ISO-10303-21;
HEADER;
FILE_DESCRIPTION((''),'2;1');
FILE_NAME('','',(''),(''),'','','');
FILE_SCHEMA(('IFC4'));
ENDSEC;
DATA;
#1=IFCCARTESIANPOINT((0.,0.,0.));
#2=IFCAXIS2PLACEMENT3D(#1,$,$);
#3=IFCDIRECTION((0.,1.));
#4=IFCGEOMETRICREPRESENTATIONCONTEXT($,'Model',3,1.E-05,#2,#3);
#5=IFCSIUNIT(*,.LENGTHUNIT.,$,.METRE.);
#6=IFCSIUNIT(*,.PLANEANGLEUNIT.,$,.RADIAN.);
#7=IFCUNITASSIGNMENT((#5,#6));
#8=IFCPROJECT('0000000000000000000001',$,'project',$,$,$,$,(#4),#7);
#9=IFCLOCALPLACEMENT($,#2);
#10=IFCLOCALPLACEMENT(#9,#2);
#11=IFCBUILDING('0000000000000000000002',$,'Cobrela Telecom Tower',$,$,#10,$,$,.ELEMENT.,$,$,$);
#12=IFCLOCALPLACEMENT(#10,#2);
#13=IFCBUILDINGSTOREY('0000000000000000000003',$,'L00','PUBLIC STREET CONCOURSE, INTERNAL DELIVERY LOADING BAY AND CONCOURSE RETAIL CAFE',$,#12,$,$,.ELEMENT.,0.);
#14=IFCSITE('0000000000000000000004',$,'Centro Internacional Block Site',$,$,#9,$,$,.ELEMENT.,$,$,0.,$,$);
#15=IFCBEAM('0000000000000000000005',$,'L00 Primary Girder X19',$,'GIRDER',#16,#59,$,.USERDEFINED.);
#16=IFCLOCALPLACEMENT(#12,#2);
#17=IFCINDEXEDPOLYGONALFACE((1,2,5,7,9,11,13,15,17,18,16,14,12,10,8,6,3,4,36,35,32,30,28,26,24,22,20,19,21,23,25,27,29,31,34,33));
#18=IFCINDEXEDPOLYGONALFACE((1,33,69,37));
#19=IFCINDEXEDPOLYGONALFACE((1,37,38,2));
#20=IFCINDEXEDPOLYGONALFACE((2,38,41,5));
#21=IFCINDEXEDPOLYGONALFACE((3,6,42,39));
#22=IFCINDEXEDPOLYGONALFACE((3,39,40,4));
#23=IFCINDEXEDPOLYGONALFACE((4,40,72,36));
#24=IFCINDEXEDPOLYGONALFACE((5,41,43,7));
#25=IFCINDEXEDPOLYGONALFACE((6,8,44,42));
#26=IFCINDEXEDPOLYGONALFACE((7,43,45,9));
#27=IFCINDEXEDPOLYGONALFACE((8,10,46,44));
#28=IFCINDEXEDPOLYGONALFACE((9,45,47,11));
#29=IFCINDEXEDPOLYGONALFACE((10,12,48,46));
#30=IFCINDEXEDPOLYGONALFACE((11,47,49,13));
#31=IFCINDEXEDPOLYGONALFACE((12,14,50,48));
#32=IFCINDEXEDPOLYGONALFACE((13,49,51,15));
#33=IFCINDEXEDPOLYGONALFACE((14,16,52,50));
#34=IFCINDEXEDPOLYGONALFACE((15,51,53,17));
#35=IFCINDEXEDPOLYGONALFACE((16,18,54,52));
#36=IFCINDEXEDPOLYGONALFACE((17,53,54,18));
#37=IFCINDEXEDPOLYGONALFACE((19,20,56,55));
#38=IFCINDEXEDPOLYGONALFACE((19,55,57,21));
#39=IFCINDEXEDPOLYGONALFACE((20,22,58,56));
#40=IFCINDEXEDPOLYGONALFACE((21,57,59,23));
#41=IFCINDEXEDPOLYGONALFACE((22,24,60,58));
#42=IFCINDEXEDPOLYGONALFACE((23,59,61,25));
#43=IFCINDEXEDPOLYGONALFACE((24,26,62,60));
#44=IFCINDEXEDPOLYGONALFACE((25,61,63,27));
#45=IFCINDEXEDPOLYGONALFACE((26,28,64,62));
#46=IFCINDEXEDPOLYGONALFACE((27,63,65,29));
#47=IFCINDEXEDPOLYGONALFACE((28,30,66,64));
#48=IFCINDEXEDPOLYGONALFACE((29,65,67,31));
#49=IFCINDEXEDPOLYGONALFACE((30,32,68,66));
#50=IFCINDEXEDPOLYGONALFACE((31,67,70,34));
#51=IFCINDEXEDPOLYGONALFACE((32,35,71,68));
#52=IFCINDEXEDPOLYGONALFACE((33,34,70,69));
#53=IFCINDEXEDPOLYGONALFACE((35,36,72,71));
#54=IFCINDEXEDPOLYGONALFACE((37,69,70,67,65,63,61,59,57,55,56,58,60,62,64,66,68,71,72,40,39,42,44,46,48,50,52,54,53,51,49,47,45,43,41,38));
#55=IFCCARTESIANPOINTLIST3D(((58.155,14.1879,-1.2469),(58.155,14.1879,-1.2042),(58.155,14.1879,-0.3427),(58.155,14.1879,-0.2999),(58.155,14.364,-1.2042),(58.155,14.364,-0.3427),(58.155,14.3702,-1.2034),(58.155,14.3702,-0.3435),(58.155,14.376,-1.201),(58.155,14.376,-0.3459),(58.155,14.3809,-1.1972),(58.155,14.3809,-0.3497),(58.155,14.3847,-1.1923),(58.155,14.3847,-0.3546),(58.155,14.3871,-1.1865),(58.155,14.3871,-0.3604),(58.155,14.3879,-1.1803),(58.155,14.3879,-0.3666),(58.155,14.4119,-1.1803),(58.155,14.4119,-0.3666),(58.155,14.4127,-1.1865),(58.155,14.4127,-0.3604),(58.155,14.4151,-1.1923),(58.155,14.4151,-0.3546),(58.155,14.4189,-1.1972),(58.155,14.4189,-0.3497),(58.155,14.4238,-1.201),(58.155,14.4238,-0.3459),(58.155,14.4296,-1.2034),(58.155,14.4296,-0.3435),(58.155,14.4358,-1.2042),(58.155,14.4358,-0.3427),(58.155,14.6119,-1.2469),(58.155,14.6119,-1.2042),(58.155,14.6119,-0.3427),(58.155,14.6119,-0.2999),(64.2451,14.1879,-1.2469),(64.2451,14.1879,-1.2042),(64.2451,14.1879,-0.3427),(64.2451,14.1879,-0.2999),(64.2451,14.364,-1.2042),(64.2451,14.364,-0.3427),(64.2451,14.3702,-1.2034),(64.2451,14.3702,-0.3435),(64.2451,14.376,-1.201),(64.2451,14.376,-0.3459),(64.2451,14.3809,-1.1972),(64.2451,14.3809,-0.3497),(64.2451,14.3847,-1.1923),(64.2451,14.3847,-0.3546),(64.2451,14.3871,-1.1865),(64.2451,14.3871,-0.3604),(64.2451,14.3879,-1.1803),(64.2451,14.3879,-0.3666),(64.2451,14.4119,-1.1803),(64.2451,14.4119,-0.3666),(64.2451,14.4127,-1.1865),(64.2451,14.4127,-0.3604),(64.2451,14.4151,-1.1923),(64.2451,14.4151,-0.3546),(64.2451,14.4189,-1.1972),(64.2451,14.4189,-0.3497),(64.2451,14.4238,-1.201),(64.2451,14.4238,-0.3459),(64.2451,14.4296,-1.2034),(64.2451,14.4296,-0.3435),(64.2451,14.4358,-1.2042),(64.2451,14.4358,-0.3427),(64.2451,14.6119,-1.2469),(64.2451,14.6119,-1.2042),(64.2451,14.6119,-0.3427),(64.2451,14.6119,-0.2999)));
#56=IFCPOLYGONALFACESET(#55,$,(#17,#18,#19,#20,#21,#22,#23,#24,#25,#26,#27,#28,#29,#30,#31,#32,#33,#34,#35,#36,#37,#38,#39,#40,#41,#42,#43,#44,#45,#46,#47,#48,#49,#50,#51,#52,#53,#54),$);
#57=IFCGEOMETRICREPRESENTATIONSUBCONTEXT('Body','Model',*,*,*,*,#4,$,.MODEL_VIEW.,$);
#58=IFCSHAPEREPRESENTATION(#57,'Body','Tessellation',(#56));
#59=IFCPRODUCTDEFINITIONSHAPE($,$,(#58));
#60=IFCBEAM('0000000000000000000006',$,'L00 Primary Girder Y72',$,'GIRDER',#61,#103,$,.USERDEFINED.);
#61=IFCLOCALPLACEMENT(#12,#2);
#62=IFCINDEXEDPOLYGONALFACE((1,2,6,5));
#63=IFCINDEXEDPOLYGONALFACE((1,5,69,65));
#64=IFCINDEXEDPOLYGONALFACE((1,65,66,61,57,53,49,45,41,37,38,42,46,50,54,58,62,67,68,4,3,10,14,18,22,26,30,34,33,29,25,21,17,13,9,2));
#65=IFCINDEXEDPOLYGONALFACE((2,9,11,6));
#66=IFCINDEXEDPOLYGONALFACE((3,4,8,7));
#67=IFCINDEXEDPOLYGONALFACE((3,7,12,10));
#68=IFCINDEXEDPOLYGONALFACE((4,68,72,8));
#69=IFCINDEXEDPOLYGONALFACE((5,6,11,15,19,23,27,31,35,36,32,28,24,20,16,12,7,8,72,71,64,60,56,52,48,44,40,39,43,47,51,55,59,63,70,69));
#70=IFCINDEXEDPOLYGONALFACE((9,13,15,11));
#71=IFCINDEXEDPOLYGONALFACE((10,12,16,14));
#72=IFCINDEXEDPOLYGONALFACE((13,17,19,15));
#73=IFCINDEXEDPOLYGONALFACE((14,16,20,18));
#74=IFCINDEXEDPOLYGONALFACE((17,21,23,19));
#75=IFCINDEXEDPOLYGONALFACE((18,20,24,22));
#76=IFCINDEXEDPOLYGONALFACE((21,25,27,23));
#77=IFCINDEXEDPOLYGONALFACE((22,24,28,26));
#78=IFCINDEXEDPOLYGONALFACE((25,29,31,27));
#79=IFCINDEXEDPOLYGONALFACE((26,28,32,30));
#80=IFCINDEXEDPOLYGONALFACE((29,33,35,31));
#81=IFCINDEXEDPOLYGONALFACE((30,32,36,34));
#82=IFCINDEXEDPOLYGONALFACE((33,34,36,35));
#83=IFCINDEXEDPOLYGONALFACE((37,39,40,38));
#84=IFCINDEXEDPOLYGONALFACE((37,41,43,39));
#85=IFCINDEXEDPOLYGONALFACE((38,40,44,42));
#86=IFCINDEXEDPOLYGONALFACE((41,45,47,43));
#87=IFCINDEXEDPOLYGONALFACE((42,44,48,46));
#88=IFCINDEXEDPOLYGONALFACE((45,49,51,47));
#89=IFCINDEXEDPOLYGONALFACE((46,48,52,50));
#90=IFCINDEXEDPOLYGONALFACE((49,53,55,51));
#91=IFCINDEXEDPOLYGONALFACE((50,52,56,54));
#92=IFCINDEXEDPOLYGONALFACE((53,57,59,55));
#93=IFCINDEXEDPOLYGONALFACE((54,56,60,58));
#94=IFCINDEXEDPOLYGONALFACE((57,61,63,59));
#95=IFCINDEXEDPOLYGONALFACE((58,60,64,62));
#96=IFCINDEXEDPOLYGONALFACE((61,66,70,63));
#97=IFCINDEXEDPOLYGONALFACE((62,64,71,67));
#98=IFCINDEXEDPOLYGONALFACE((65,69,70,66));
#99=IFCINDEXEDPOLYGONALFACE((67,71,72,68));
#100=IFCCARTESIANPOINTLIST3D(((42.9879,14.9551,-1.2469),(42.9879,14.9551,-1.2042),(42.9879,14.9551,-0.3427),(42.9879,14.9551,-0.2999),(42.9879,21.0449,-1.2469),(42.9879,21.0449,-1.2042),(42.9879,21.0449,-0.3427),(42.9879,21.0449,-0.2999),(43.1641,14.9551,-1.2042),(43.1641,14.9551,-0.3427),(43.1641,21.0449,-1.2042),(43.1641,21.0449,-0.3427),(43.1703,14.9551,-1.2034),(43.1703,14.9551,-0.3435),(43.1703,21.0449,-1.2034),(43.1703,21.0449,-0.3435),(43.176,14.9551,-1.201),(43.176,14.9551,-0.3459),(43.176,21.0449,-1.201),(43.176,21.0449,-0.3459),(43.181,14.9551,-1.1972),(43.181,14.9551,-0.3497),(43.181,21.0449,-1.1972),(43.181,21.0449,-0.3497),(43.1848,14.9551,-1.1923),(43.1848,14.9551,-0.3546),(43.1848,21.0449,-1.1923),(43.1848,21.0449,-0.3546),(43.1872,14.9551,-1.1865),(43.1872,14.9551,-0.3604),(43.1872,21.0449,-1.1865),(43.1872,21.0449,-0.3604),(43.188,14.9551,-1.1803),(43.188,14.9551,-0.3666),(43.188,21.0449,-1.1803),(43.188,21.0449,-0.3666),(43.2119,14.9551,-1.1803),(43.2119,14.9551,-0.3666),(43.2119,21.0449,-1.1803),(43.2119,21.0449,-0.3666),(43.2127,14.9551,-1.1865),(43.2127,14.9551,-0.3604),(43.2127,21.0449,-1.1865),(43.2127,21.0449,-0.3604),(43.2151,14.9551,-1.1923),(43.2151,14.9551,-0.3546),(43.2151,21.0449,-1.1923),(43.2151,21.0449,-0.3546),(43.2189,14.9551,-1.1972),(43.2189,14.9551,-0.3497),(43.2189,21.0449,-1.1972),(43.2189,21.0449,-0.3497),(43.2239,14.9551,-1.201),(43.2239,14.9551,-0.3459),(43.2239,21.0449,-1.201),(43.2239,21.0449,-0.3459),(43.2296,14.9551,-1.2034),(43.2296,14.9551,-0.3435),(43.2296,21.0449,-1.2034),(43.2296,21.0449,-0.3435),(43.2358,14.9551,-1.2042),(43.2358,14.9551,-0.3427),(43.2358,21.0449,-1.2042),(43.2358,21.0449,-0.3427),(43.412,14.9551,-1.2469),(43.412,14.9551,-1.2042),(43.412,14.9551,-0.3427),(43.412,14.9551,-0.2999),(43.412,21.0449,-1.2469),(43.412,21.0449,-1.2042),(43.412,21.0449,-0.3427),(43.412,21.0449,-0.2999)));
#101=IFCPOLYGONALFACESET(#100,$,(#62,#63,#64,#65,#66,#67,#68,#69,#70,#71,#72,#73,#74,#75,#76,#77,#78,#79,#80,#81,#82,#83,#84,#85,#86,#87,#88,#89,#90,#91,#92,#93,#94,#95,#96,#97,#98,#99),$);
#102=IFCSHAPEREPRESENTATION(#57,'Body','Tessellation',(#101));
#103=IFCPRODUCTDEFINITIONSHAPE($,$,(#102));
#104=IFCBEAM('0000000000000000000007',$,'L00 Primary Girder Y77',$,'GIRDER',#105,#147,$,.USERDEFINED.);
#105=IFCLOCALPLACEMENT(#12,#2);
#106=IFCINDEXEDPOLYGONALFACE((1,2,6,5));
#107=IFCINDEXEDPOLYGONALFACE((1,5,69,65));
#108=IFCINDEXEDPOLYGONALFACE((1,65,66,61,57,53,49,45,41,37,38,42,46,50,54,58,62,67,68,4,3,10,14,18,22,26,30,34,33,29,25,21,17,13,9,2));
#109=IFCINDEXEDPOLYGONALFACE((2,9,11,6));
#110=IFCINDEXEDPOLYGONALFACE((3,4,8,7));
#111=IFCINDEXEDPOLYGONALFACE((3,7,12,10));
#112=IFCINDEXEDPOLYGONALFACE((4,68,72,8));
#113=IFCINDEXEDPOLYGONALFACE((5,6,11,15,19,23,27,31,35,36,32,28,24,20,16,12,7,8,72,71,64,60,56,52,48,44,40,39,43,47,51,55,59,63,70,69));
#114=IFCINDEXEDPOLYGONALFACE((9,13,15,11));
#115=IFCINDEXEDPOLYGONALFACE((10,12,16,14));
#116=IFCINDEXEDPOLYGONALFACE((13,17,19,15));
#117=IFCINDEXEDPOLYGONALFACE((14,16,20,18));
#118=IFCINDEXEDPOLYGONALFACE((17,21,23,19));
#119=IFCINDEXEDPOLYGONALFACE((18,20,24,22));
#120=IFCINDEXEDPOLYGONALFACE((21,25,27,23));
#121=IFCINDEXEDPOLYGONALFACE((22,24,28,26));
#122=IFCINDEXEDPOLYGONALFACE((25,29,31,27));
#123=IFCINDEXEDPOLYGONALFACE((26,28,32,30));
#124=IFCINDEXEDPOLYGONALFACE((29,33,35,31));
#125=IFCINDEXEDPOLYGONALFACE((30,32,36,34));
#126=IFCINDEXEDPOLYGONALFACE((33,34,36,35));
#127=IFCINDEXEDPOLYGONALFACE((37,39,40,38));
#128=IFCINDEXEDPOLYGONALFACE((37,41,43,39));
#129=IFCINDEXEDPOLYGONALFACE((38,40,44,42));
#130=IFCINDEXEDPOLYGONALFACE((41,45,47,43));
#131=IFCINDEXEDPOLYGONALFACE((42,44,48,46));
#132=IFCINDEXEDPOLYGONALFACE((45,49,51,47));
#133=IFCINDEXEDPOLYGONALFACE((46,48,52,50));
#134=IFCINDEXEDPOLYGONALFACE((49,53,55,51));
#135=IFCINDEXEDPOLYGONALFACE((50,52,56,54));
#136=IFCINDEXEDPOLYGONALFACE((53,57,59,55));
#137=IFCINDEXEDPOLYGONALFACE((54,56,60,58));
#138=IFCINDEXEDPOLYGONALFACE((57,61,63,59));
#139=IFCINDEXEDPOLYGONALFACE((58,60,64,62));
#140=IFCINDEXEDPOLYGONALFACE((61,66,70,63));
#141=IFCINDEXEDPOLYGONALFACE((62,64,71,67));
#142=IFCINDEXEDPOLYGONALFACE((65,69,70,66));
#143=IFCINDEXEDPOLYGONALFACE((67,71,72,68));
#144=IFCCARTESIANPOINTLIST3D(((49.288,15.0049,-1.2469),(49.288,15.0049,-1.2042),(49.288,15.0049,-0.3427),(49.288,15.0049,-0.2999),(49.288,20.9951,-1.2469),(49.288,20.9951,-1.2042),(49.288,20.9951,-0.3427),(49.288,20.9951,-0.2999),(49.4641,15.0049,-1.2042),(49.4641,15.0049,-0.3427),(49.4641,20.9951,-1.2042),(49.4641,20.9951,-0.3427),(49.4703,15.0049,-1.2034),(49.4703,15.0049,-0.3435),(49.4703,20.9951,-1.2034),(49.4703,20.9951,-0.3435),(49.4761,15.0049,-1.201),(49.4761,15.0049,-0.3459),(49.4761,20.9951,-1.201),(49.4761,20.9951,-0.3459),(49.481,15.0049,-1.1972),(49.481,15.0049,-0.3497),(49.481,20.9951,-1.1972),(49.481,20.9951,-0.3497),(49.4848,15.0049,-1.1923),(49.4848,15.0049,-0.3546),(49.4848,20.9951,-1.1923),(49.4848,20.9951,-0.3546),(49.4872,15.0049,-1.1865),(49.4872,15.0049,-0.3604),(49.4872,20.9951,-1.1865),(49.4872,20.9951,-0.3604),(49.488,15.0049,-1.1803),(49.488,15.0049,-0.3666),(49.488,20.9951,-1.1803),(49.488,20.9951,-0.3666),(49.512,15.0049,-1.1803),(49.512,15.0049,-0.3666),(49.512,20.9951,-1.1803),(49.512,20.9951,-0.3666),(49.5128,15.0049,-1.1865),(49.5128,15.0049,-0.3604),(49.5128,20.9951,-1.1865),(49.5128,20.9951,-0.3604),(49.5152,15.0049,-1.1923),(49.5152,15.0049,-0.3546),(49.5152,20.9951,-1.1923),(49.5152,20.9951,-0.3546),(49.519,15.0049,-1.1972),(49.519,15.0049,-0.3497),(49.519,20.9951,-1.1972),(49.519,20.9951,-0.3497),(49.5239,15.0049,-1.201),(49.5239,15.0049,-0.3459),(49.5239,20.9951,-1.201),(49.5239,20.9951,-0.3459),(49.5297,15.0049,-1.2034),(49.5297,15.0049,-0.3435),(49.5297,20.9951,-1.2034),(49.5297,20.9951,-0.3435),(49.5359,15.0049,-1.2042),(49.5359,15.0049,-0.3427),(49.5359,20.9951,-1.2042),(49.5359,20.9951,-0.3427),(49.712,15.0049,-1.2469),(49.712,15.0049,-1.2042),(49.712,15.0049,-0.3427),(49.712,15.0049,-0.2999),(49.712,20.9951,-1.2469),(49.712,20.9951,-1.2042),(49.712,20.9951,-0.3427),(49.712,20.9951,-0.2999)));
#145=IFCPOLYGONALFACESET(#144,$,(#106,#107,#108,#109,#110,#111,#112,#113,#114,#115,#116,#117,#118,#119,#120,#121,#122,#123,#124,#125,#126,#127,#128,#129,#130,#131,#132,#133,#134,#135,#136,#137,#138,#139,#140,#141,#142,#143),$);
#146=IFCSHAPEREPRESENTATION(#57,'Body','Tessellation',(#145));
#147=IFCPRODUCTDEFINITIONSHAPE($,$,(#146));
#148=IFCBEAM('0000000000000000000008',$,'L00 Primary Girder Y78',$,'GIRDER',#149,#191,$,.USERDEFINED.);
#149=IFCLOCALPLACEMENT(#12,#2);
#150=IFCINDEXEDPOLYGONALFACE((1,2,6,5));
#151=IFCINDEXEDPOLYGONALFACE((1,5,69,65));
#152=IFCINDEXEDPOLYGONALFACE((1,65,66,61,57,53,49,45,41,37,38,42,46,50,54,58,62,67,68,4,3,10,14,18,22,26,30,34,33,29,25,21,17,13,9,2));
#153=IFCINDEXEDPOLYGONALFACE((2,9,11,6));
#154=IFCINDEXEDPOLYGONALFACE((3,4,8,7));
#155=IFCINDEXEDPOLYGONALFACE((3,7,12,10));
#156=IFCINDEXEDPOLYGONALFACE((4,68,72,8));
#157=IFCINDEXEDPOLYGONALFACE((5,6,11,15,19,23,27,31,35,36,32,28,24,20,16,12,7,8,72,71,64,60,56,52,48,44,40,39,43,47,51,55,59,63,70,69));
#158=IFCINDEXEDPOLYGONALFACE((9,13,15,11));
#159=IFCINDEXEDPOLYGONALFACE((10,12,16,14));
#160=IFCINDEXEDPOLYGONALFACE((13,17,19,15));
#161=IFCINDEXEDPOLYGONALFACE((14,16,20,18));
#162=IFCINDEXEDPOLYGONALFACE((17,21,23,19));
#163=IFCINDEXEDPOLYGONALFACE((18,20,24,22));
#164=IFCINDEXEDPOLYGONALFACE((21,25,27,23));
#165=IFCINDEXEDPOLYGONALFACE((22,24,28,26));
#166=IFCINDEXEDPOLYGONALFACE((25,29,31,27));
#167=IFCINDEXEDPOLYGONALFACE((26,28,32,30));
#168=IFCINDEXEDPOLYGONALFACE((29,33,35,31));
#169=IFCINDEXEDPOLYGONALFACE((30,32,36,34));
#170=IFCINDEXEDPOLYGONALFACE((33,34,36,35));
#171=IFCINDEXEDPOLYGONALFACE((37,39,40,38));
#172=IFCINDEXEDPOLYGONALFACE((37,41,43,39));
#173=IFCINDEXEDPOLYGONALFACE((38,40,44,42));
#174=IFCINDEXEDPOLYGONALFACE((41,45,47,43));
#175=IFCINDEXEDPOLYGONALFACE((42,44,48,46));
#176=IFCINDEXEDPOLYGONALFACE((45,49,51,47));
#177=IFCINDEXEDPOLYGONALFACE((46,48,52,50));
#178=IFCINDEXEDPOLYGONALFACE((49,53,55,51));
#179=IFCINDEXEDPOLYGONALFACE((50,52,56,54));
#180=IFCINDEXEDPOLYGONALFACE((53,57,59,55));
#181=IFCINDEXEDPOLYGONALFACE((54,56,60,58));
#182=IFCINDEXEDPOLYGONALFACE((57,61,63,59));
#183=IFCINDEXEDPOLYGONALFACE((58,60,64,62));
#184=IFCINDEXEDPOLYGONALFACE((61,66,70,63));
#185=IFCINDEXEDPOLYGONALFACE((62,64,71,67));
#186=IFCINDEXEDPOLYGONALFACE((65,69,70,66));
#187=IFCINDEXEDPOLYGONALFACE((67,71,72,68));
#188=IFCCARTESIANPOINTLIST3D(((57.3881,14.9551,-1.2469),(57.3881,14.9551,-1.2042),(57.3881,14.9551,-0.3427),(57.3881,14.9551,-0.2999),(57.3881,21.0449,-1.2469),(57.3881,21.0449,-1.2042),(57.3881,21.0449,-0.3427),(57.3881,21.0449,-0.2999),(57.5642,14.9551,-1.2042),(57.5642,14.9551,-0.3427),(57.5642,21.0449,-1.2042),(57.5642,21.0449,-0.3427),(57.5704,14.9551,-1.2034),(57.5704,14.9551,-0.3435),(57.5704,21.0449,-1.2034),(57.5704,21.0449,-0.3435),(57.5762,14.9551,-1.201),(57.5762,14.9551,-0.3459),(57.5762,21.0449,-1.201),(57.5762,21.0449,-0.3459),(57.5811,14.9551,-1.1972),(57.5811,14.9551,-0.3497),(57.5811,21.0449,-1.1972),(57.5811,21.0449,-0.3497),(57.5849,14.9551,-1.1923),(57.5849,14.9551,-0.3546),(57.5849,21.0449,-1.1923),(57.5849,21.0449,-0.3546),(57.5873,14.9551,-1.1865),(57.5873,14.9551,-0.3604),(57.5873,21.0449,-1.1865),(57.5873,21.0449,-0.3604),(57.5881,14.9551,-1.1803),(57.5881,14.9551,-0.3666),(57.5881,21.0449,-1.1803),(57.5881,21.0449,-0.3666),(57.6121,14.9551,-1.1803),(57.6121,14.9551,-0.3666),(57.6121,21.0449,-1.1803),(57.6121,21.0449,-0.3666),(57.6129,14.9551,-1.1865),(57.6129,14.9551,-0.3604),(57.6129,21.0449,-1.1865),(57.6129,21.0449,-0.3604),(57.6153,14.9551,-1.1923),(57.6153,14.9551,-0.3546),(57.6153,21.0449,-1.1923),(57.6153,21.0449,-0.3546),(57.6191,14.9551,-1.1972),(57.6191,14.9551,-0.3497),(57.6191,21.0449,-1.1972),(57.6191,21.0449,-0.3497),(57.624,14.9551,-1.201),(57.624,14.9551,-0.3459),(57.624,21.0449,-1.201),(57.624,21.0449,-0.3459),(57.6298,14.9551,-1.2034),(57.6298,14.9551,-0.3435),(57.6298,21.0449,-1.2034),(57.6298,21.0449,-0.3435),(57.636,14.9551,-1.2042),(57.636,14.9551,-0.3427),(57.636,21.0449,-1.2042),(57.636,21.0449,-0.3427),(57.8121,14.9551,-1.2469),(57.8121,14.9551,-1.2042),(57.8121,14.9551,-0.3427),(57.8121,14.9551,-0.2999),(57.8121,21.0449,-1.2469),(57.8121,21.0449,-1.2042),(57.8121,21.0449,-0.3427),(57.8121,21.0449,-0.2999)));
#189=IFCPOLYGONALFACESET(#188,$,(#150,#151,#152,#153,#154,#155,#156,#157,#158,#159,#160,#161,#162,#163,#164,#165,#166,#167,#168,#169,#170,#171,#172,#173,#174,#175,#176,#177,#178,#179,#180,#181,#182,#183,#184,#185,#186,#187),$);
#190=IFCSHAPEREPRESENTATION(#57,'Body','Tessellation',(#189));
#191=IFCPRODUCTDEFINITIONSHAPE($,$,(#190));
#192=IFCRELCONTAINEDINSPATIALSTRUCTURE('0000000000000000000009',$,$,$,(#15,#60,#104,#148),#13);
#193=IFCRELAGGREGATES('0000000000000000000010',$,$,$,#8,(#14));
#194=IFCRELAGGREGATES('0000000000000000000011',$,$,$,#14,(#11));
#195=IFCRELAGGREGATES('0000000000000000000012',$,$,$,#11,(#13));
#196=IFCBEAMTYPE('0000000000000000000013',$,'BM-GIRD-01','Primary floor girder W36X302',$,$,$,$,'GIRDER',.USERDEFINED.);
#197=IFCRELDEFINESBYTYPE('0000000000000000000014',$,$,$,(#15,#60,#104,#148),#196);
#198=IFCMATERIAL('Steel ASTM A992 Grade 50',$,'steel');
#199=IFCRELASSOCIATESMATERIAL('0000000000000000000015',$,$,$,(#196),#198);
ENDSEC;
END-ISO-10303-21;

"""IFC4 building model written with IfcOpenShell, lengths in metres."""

from ifc_helpers import new_model, si_unit, direction, frame, origin, origin_2d, place, context, subcontext, project, spatial, i_section, extrude, material, material_profile, profile_set, type_object, element, save


model = new_model("IFC4")

# Units and contexts
model_context = context("Model", 3, precision=1e-05, world=origin(), true_north=direction((0.0, 1.0)))
body_context = subcontext(model_context, "Body", "Model", "MODEL_VIEW")
ifc_project = project(units=[si_unit("LENGTHUNIT", "METRE"), si_unit("PLANEANGLEUNIT", "RADIAN")], contexts=[model_context])

# Site, building, storey
site_placement = place(None, origin())
site = spatial("IfcSite", under=ifc_project, at=site_placement, Name="Centro Internacional Block Site", CompositionType="ELEMENT", RefElevation=0.0)
building_placement = place(site_placement, origin())
building = spatial("IfcBuilding", under=site, at=building_placement, Name="Cobrela Telecom Tower", CompositionType="ELEMENT")
storey_placement = place(building_placement, origin())
storey = spatial("IfcBuildingStorey", under=building, at=storey_placement, Name="L00", Description="PUBLIC STREET CONCOURSE, INTERNAL DELIVERY LOADING BAY AND CONCOURSE RETAIL CAFE", CompositionType="ELEMENT", Elevation=0.0)

# Beams
ifc_material_1 = material(Name="Steel ASTM A992 Grade 50", Category="steel")
ifc_material_profile_1 = material_profile(ifc_material_1, i_section(OverallWidth=0.4241, OverallDepth=0.947, WebThickness=0.0239, FlangeThickness=0.0427, FilletRadius=0.0239, at=origin_2d()), Name="W36X302")
ifc_profile_set_1 = profile_set([ifc_material_profile_1], Name="Steel ASTM A992 Grade 50")
beam_type_1 = type_object("IfcBeamType", Name="BM-GIRD-01", Description="Primary floor girder W36X302", ElementType="GIRDER", PredefinedType="USERDEFINED", material=ifc_profile_set_1)
beam_1_placement = place(storey_placement, frame((58.155, 14.3999, -0.7734), z_axis=(1.0, 0.0, 0.0), x_axis=(0.0, 1.0, 0.0)))
element("IfcBeam", 1, at=beam_1_placement, inside=storey, type_object=beam_type_1, Name="L00 Primary Girder X19", ObjectType="GIRDER", PredefinedType="USERDEFINED", context=body_context, shape_type="SweptSolid", body=[
    extrude(i_section(OverallWidth=0.4241, OverallDepth=0.947, WebThickness=0.0239, FlangeThickness=0.0427, FilletRadius=0.0239, at=origin_2d()), origin(), (0.0, 0.0, 1.0), 6.0901),
])
beam_2_placement = place(storey_placement, frame((43.2, 14.9551, -0.7734), z_axis=(0.0, 1.0, 0.0), x_axis=(-1.0, 0.0, 0.0)))
element("IfcBeam", 2, at=beam_2_placement, inside=storey, type_object=beam_type_1, Name="L00 Primary Girder Y72", ObjectType="GIRDER", PredefinedType="USERDEFINED", context=body_context, shape_type="SweptSolid", body=[
    extrude(i_section(OverallWidth=0.4241, OverallDepth=0.947, WebThickness=0.0239, FlangeThickness=0.0427, FilletRadius=0.0239, at=origin_2d()), origin(), (0.0, 0.0, 1.0), 6.0898),
])
beam_3_placement = place(storey_placement, frame((49.5, 15.0049, -0.7734), z_axis=(0.0, 1.0, 0.0), x_axis=(-1.0, 0.0, 0.0)))
element("IfcBeam", 3, at=beam_3_placement, inside=storey, type_object=beam_type_1, Name="L00 Primary Girder Y77", ObjectType="GIRDER", PredefinedType="USERDEFINED", context=body_context, shape_type="SweptSolid", body=[
    extrude(i_section(OverallWidth=0.4241, OverallDepth=0.947, WebThickness=0.0239, FlangeThickness=0.0427, FilletRadius=0.0239, at=origin_2d()), origin(), (0.0, 0.0, 1.0), 5.9902),
])
beam_4_placement = place(storey_placement, frame((57.6001, 14.9551, -0.7734), z_axis=(0.0, 1.0, 0.0), x_axis=(-1.0, 0.0, 0.0)))
element("IfcBeam", 4, at=beam_4_placement, inside=storey, type_object=beam_type_1, Name="L00 Primary Girder Y78", ObjectType="GIRDER", PredefinedType="USERDEFINED", context=body_context, shape_type="SweptSolid", body=[
    extrude(i_section(OverallWidth=0.4241, OverallDepth=0.947, WebThickness=0.0239, FlangeThickness=0.0427, FilletRadius=0.0239, at=origin_2d()), origin(), (0.0, 0.0, 1.0), 6.0898),
])

save(model, "model.ifc")
